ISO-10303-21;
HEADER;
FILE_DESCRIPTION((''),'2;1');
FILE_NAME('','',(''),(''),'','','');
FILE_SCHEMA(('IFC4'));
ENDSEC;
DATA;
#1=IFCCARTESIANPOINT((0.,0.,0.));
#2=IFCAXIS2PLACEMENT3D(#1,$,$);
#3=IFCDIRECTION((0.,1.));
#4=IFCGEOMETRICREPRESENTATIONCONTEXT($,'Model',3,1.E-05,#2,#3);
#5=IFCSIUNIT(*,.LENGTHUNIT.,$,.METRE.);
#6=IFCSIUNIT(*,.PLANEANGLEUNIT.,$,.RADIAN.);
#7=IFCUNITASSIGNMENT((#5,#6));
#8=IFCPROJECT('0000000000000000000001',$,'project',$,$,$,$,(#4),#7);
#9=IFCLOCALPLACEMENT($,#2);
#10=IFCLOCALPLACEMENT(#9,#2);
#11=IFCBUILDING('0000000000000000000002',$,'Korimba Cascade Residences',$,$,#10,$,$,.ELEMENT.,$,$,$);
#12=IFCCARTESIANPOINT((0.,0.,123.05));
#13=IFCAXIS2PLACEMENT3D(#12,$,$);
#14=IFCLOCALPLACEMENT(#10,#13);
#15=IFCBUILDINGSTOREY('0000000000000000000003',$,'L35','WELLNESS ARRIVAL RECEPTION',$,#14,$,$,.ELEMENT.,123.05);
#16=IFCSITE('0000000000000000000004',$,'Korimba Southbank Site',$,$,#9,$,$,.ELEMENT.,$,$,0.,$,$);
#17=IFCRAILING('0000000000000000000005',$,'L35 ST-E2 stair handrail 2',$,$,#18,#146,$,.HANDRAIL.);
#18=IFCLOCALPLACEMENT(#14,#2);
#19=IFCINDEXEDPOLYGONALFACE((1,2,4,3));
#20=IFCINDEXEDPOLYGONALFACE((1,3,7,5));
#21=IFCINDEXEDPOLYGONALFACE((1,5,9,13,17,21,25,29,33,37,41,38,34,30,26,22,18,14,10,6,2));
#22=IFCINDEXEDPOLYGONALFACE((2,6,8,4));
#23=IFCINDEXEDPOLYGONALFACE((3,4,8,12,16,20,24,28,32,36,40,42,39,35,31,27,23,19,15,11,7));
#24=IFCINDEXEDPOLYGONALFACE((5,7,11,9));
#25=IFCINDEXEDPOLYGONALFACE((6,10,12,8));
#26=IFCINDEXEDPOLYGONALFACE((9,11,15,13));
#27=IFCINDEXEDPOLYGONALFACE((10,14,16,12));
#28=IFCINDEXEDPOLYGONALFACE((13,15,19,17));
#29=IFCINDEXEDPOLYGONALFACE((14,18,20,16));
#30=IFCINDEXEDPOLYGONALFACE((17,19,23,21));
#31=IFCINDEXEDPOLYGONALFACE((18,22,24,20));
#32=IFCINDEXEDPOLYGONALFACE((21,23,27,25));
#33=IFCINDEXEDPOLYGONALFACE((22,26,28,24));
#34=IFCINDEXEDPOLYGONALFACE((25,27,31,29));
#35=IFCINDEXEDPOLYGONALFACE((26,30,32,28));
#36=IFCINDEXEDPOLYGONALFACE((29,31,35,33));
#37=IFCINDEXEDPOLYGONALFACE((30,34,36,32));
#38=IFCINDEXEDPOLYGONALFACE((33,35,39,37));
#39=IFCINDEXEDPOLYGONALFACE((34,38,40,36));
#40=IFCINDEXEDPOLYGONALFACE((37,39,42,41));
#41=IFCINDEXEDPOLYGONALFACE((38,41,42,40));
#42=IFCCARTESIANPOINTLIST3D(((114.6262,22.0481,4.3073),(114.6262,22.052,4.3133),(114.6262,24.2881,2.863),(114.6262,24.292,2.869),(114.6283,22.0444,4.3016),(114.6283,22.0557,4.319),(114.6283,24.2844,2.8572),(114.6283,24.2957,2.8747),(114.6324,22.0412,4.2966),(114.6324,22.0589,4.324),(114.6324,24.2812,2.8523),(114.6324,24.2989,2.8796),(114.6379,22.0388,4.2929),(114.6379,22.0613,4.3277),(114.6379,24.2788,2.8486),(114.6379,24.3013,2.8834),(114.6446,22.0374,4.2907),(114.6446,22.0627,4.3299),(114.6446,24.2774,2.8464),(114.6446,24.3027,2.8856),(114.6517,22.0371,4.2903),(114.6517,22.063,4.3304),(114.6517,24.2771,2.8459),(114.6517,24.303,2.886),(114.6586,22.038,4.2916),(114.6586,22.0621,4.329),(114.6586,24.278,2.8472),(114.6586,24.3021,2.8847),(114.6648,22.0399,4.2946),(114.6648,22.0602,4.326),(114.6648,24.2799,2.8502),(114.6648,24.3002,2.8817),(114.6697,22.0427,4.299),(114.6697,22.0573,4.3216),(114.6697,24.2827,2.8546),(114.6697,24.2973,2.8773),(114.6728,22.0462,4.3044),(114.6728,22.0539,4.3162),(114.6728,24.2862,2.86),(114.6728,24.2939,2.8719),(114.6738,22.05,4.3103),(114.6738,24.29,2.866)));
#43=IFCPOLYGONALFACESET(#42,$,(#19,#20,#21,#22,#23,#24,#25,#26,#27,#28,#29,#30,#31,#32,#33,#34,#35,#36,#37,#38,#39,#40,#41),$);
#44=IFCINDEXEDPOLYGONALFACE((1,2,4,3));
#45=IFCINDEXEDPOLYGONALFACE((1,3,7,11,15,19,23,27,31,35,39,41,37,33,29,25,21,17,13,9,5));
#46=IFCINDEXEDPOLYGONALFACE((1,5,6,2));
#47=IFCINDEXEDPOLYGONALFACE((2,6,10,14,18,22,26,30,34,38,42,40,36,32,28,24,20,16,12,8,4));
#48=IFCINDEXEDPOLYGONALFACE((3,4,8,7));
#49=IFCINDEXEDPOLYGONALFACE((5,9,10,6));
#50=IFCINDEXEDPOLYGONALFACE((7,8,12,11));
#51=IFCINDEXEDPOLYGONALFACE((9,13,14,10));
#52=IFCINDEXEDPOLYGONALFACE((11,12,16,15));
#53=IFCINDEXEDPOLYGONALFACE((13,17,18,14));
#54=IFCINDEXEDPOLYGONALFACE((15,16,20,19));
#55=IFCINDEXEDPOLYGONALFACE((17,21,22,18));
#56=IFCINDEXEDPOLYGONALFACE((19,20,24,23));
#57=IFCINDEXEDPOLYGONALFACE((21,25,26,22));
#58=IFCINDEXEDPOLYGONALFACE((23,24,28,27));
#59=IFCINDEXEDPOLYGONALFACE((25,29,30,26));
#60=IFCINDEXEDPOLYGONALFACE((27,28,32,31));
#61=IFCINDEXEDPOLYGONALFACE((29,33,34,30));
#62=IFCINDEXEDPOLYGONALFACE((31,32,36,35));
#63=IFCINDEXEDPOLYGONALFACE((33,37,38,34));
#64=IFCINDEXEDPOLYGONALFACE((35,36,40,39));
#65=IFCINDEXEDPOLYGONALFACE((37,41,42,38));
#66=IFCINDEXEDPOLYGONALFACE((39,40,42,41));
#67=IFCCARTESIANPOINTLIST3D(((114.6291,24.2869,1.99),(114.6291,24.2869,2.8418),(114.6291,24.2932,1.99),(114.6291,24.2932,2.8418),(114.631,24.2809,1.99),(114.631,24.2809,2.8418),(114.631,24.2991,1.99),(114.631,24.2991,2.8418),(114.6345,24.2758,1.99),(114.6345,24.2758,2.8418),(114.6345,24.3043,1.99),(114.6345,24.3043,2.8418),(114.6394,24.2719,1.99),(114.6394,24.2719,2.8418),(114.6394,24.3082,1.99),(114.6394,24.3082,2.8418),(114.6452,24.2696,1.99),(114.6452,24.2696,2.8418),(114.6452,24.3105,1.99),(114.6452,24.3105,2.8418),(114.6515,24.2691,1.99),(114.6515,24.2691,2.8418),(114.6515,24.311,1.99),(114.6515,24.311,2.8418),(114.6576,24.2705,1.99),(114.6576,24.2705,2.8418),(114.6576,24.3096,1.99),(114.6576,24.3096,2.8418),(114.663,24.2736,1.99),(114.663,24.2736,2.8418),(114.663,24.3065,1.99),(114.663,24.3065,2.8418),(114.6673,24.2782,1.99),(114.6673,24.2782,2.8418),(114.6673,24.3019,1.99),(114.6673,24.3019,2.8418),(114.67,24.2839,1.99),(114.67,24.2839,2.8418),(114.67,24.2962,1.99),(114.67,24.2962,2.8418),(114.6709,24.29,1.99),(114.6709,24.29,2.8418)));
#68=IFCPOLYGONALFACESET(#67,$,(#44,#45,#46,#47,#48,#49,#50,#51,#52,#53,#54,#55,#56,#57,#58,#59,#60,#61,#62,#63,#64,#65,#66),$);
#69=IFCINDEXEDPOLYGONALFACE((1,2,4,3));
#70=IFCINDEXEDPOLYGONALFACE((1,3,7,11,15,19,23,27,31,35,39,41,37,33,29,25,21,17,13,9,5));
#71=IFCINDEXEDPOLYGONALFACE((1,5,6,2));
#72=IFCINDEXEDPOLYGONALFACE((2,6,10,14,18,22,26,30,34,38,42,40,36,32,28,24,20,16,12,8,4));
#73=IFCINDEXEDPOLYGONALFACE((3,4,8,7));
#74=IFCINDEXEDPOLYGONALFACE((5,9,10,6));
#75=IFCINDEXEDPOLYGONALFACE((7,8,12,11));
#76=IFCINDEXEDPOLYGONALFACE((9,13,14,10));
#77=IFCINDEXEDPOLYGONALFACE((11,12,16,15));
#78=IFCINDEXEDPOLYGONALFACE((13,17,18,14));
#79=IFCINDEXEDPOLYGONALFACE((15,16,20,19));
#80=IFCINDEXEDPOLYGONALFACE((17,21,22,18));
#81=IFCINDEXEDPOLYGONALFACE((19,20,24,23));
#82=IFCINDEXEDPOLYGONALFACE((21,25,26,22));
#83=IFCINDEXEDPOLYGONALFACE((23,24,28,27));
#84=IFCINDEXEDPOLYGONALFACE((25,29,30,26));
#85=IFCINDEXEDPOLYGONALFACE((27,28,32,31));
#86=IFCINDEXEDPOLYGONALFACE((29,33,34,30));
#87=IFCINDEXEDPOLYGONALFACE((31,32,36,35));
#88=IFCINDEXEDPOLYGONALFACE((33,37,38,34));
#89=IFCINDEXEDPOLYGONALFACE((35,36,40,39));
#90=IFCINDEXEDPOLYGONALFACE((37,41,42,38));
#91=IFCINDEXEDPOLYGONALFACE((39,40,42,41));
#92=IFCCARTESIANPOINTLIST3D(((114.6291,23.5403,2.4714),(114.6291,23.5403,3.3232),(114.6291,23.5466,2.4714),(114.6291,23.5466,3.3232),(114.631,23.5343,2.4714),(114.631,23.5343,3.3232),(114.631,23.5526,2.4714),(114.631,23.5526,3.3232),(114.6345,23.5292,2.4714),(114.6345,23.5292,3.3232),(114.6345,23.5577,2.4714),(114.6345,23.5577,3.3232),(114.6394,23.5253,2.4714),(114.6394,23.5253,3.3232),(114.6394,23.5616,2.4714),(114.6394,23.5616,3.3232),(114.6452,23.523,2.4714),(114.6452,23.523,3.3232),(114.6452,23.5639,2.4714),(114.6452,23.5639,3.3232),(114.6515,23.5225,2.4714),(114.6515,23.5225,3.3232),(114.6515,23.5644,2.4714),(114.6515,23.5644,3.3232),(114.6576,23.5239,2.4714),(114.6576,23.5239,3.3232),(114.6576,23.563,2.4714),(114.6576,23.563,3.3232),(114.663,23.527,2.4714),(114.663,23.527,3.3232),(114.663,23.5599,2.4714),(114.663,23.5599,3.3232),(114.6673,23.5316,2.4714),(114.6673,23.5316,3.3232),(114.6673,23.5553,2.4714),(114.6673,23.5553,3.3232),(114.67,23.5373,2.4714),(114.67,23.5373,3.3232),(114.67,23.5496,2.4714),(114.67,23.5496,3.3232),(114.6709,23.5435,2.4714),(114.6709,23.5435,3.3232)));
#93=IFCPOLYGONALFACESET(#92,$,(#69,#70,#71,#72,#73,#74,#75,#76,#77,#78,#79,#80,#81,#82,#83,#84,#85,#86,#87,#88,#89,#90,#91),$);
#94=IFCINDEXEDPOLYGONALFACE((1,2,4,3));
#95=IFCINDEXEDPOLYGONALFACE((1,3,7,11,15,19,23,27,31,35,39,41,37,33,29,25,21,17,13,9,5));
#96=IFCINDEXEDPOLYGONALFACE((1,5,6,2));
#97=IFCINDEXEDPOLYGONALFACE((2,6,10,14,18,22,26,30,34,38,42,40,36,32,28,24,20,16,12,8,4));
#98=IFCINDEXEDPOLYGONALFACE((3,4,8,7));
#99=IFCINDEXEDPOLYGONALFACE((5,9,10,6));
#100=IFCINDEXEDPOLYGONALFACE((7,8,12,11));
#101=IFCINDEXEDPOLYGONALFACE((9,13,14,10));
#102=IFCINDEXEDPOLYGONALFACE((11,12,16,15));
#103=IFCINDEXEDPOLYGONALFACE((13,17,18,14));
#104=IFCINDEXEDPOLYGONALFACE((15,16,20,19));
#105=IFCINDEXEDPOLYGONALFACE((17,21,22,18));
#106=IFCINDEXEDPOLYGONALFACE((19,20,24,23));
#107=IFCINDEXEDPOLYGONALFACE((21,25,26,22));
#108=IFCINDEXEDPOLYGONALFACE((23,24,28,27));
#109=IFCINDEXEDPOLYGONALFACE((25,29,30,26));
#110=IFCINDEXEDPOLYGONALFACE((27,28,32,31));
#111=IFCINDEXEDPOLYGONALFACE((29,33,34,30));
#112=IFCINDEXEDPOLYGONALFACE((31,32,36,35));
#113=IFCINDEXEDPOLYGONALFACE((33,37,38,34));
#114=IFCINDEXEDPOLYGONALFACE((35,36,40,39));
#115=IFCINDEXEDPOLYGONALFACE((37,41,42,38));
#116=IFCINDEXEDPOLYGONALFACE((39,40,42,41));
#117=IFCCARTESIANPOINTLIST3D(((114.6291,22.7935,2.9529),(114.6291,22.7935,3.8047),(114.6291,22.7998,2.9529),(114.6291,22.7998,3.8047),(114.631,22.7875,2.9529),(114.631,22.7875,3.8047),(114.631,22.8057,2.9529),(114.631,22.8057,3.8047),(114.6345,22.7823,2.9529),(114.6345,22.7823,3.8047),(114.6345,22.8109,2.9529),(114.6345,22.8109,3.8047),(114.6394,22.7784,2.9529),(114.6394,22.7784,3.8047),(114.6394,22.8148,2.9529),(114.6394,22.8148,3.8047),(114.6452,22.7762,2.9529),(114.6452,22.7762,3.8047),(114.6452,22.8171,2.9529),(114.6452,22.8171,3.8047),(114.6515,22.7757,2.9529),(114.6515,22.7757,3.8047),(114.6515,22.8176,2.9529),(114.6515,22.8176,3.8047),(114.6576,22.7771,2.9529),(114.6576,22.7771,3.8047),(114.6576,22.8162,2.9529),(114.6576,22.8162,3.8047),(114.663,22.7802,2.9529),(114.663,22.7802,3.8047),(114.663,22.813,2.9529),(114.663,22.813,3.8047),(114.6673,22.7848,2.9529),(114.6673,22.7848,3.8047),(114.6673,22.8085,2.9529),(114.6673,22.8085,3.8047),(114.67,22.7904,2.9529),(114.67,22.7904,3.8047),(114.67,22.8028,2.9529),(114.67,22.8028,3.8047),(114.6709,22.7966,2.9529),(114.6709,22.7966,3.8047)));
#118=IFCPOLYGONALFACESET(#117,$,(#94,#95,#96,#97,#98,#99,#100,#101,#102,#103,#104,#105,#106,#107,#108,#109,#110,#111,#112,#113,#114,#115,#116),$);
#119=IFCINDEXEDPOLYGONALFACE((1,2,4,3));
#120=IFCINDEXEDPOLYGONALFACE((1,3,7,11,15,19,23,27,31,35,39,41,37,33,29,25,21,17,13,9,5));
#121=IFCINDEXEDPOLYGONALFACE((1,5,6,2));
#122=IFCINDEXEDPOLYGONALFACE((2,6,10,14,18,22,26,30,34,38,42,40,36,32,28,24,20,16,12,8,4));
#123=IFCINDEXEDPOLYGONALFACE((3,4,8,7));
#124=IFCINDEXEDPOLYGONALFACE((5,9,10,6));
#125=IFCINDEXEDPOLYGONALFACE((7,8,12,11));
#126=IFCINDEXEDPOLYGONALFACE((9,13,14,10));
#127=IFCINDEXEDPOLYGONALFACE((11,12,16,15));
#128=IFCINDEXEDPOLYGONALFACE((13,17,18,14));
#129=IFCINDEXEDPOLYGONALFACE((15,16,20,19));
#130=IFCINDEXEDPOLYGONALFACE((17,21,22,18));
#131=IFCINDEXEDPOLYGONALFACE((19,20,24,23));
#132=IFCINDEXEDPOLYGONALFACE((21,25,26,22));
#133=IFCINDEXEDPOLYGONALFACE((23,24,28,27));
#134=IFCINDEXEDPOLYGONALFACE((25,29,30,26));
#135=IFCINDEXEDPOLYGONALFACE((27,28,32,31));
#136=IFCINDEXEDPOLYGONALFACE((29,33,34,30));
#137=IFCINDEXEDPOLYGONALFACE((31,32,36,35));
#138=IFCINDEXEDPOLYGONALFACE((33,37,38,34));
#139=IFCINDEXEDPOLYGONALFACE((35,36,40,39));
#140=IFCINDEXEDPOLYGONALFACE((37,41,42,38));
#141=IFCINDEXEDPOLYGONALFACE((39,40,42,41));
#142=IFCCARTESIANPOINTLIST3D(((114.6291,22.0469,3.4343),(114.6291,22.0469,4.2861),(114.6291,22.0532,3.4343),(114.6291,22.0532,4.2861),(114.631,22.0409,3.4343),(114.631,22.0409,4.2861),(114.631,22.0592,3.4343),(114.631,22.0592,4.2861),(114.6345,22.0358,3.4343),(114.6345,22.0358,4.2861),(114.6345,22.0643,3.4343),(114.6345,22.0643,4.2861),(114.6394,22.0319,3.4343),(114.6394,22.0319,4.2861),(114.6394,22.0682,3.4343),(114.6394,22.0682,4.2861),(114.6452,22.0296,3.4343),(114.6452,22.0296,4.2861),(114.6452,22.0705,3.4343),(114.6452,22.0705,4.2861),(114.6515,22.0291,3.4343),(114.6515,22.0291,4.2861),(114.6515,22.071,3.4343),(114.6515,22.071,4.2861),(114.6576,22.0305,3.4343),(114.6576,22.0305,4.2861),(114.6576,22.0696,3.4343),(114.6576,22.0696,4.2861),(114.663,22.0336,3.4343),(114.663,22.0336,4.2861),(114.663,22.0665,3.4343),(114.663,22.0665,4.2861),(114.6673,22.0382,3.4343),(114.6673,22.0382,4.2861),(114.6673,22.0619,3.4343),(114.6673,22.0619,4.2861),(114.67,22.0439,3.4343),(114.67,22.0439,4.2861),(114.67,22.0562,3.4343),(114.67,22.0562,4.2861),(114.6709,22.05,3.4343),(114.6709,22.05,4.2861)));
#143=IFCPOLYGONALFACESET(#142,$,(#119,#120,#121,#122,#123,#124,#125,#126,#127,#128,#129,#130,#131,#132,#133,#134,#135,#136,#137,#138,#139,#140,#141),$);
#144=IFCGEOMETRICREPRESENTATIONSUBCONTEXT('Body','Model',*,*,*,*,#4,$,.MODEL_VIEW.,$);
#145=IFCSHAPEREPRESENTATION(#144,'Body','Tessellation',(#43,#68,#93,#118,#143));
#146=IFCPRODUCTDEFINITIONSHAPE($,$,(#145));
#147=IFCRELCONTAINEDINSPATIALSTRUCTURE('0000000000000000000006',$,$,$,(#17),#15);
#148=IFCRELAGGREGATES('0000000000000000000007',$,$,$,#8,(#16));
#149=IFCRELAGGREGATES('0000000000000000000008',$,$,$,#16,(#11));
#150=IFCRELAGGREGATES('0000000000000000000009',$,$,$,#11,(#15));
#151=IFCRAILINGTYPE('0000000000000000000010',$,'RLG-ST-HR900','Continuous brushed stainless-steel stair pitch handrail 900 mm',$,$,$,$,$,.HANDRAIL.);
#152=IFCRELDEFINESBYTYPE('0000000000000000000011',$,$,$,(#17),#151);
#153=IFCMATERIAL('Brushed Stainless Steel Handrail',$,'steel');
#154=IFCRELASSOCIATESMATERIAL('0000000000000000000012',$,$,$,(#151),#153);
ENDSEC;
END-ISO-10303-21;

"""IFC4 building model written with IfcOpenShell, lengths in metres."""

from ifc_helpers import new_model, si_unit, direction, frame, origin, origin_2d, place, context, subcontext, project, spatial, circle, extrude, material, type_object, element, save


model = new_model("IFC4")

# Units and contexts
model_context = context("Model", 3, precision=1e-05, world=origin(), true_north=direction((0.0, 1.0)))
body_context = subcontext(model_context, "Body", "Model", "MODEL_VIEW")
ifc_project = project(units=[si_unit("LENGTHUNIT", "METRE"), si_unit("PLANEANGLEUNIT", "RADIAN")], contexts=[model_context])

# Site, building, storey
site_placement = place(None, origin())
site = spatial("IfcSite", under=ifc_project, at=site_placement, Name="Korimba Southbank Site", CompositionType="ELEMENT", RefElevation=0.0)
building_placement = place(site_placement, origin())
building = spatial("IfcBuilding", under=site, at=building_placement, Name="Korimba Cascade Residences", CompositionType="ELEMENT")
storey_placement = place(building_placement, frame((0.0, 0.0, 123.05)))
storey = spatial("IfcBuildingStorey", under=building, at=storey_placement, Name="L35", Description="WELLNESS ARRIVAL RECEPTION", CompositionType="ELEMENT", Elevation=123.05)

# Railing
ifc_material_1 = material(Name="Brushed Stainless Steel Handrail", Category="steel")
railing_type_1 = type_object("IfcRailingType", Name="RLG-ST-HR900", Description="Continuous brushed stainless-steel stair pitch handrail 900 mm", PredefinedType="HANDRAIL", material=ifc_material_1)
railing_1_placement = place(storey_placement, frame((114.6499, 24.29, 1.99)))
element("IfcRailing", 1, at=railing_1_placement, inside=storey, type_object=railing_type_1, Name="L35 ST-E2 stair handrail 2", PredefinedType="HANDRAIL", context=body_context, shape_type="SweptSolid", body=[
    extrude(circle(Radius=0.0239, at=origin_2d()), frame((0.0, 0.0, 0.876), z_axis=(0.0, -0.840437, 0.54191), x_axis=(1.0, 0.0, 0.0)), (0.0, 0.0, 1.0), 2.6653),
    extrude(circle(Radius=0.021, at=origin_2d()), origin(), (0.0, 0.0, 1.0), 0.8518),
    extrude(circle(Radius=0.021, at=origin_2d()), frame((0.0, -0.7466, 0.4814)), (0.0, 0.0, 1.0), 0.8518),
    extrude(circle(Radius=0.021, at=origin_2d()), frame((0.0, -1.4934, 0.9629)), (0.0, 0.0, 1.0), 0.8518),
    extrude(circle(Radius=0.021, at=origin_2d()), frame((0.0, -2.24, 1.4443)), (0.0, 0.0, 1.0), 0.8518),
])

save(model, "model.ifc")
